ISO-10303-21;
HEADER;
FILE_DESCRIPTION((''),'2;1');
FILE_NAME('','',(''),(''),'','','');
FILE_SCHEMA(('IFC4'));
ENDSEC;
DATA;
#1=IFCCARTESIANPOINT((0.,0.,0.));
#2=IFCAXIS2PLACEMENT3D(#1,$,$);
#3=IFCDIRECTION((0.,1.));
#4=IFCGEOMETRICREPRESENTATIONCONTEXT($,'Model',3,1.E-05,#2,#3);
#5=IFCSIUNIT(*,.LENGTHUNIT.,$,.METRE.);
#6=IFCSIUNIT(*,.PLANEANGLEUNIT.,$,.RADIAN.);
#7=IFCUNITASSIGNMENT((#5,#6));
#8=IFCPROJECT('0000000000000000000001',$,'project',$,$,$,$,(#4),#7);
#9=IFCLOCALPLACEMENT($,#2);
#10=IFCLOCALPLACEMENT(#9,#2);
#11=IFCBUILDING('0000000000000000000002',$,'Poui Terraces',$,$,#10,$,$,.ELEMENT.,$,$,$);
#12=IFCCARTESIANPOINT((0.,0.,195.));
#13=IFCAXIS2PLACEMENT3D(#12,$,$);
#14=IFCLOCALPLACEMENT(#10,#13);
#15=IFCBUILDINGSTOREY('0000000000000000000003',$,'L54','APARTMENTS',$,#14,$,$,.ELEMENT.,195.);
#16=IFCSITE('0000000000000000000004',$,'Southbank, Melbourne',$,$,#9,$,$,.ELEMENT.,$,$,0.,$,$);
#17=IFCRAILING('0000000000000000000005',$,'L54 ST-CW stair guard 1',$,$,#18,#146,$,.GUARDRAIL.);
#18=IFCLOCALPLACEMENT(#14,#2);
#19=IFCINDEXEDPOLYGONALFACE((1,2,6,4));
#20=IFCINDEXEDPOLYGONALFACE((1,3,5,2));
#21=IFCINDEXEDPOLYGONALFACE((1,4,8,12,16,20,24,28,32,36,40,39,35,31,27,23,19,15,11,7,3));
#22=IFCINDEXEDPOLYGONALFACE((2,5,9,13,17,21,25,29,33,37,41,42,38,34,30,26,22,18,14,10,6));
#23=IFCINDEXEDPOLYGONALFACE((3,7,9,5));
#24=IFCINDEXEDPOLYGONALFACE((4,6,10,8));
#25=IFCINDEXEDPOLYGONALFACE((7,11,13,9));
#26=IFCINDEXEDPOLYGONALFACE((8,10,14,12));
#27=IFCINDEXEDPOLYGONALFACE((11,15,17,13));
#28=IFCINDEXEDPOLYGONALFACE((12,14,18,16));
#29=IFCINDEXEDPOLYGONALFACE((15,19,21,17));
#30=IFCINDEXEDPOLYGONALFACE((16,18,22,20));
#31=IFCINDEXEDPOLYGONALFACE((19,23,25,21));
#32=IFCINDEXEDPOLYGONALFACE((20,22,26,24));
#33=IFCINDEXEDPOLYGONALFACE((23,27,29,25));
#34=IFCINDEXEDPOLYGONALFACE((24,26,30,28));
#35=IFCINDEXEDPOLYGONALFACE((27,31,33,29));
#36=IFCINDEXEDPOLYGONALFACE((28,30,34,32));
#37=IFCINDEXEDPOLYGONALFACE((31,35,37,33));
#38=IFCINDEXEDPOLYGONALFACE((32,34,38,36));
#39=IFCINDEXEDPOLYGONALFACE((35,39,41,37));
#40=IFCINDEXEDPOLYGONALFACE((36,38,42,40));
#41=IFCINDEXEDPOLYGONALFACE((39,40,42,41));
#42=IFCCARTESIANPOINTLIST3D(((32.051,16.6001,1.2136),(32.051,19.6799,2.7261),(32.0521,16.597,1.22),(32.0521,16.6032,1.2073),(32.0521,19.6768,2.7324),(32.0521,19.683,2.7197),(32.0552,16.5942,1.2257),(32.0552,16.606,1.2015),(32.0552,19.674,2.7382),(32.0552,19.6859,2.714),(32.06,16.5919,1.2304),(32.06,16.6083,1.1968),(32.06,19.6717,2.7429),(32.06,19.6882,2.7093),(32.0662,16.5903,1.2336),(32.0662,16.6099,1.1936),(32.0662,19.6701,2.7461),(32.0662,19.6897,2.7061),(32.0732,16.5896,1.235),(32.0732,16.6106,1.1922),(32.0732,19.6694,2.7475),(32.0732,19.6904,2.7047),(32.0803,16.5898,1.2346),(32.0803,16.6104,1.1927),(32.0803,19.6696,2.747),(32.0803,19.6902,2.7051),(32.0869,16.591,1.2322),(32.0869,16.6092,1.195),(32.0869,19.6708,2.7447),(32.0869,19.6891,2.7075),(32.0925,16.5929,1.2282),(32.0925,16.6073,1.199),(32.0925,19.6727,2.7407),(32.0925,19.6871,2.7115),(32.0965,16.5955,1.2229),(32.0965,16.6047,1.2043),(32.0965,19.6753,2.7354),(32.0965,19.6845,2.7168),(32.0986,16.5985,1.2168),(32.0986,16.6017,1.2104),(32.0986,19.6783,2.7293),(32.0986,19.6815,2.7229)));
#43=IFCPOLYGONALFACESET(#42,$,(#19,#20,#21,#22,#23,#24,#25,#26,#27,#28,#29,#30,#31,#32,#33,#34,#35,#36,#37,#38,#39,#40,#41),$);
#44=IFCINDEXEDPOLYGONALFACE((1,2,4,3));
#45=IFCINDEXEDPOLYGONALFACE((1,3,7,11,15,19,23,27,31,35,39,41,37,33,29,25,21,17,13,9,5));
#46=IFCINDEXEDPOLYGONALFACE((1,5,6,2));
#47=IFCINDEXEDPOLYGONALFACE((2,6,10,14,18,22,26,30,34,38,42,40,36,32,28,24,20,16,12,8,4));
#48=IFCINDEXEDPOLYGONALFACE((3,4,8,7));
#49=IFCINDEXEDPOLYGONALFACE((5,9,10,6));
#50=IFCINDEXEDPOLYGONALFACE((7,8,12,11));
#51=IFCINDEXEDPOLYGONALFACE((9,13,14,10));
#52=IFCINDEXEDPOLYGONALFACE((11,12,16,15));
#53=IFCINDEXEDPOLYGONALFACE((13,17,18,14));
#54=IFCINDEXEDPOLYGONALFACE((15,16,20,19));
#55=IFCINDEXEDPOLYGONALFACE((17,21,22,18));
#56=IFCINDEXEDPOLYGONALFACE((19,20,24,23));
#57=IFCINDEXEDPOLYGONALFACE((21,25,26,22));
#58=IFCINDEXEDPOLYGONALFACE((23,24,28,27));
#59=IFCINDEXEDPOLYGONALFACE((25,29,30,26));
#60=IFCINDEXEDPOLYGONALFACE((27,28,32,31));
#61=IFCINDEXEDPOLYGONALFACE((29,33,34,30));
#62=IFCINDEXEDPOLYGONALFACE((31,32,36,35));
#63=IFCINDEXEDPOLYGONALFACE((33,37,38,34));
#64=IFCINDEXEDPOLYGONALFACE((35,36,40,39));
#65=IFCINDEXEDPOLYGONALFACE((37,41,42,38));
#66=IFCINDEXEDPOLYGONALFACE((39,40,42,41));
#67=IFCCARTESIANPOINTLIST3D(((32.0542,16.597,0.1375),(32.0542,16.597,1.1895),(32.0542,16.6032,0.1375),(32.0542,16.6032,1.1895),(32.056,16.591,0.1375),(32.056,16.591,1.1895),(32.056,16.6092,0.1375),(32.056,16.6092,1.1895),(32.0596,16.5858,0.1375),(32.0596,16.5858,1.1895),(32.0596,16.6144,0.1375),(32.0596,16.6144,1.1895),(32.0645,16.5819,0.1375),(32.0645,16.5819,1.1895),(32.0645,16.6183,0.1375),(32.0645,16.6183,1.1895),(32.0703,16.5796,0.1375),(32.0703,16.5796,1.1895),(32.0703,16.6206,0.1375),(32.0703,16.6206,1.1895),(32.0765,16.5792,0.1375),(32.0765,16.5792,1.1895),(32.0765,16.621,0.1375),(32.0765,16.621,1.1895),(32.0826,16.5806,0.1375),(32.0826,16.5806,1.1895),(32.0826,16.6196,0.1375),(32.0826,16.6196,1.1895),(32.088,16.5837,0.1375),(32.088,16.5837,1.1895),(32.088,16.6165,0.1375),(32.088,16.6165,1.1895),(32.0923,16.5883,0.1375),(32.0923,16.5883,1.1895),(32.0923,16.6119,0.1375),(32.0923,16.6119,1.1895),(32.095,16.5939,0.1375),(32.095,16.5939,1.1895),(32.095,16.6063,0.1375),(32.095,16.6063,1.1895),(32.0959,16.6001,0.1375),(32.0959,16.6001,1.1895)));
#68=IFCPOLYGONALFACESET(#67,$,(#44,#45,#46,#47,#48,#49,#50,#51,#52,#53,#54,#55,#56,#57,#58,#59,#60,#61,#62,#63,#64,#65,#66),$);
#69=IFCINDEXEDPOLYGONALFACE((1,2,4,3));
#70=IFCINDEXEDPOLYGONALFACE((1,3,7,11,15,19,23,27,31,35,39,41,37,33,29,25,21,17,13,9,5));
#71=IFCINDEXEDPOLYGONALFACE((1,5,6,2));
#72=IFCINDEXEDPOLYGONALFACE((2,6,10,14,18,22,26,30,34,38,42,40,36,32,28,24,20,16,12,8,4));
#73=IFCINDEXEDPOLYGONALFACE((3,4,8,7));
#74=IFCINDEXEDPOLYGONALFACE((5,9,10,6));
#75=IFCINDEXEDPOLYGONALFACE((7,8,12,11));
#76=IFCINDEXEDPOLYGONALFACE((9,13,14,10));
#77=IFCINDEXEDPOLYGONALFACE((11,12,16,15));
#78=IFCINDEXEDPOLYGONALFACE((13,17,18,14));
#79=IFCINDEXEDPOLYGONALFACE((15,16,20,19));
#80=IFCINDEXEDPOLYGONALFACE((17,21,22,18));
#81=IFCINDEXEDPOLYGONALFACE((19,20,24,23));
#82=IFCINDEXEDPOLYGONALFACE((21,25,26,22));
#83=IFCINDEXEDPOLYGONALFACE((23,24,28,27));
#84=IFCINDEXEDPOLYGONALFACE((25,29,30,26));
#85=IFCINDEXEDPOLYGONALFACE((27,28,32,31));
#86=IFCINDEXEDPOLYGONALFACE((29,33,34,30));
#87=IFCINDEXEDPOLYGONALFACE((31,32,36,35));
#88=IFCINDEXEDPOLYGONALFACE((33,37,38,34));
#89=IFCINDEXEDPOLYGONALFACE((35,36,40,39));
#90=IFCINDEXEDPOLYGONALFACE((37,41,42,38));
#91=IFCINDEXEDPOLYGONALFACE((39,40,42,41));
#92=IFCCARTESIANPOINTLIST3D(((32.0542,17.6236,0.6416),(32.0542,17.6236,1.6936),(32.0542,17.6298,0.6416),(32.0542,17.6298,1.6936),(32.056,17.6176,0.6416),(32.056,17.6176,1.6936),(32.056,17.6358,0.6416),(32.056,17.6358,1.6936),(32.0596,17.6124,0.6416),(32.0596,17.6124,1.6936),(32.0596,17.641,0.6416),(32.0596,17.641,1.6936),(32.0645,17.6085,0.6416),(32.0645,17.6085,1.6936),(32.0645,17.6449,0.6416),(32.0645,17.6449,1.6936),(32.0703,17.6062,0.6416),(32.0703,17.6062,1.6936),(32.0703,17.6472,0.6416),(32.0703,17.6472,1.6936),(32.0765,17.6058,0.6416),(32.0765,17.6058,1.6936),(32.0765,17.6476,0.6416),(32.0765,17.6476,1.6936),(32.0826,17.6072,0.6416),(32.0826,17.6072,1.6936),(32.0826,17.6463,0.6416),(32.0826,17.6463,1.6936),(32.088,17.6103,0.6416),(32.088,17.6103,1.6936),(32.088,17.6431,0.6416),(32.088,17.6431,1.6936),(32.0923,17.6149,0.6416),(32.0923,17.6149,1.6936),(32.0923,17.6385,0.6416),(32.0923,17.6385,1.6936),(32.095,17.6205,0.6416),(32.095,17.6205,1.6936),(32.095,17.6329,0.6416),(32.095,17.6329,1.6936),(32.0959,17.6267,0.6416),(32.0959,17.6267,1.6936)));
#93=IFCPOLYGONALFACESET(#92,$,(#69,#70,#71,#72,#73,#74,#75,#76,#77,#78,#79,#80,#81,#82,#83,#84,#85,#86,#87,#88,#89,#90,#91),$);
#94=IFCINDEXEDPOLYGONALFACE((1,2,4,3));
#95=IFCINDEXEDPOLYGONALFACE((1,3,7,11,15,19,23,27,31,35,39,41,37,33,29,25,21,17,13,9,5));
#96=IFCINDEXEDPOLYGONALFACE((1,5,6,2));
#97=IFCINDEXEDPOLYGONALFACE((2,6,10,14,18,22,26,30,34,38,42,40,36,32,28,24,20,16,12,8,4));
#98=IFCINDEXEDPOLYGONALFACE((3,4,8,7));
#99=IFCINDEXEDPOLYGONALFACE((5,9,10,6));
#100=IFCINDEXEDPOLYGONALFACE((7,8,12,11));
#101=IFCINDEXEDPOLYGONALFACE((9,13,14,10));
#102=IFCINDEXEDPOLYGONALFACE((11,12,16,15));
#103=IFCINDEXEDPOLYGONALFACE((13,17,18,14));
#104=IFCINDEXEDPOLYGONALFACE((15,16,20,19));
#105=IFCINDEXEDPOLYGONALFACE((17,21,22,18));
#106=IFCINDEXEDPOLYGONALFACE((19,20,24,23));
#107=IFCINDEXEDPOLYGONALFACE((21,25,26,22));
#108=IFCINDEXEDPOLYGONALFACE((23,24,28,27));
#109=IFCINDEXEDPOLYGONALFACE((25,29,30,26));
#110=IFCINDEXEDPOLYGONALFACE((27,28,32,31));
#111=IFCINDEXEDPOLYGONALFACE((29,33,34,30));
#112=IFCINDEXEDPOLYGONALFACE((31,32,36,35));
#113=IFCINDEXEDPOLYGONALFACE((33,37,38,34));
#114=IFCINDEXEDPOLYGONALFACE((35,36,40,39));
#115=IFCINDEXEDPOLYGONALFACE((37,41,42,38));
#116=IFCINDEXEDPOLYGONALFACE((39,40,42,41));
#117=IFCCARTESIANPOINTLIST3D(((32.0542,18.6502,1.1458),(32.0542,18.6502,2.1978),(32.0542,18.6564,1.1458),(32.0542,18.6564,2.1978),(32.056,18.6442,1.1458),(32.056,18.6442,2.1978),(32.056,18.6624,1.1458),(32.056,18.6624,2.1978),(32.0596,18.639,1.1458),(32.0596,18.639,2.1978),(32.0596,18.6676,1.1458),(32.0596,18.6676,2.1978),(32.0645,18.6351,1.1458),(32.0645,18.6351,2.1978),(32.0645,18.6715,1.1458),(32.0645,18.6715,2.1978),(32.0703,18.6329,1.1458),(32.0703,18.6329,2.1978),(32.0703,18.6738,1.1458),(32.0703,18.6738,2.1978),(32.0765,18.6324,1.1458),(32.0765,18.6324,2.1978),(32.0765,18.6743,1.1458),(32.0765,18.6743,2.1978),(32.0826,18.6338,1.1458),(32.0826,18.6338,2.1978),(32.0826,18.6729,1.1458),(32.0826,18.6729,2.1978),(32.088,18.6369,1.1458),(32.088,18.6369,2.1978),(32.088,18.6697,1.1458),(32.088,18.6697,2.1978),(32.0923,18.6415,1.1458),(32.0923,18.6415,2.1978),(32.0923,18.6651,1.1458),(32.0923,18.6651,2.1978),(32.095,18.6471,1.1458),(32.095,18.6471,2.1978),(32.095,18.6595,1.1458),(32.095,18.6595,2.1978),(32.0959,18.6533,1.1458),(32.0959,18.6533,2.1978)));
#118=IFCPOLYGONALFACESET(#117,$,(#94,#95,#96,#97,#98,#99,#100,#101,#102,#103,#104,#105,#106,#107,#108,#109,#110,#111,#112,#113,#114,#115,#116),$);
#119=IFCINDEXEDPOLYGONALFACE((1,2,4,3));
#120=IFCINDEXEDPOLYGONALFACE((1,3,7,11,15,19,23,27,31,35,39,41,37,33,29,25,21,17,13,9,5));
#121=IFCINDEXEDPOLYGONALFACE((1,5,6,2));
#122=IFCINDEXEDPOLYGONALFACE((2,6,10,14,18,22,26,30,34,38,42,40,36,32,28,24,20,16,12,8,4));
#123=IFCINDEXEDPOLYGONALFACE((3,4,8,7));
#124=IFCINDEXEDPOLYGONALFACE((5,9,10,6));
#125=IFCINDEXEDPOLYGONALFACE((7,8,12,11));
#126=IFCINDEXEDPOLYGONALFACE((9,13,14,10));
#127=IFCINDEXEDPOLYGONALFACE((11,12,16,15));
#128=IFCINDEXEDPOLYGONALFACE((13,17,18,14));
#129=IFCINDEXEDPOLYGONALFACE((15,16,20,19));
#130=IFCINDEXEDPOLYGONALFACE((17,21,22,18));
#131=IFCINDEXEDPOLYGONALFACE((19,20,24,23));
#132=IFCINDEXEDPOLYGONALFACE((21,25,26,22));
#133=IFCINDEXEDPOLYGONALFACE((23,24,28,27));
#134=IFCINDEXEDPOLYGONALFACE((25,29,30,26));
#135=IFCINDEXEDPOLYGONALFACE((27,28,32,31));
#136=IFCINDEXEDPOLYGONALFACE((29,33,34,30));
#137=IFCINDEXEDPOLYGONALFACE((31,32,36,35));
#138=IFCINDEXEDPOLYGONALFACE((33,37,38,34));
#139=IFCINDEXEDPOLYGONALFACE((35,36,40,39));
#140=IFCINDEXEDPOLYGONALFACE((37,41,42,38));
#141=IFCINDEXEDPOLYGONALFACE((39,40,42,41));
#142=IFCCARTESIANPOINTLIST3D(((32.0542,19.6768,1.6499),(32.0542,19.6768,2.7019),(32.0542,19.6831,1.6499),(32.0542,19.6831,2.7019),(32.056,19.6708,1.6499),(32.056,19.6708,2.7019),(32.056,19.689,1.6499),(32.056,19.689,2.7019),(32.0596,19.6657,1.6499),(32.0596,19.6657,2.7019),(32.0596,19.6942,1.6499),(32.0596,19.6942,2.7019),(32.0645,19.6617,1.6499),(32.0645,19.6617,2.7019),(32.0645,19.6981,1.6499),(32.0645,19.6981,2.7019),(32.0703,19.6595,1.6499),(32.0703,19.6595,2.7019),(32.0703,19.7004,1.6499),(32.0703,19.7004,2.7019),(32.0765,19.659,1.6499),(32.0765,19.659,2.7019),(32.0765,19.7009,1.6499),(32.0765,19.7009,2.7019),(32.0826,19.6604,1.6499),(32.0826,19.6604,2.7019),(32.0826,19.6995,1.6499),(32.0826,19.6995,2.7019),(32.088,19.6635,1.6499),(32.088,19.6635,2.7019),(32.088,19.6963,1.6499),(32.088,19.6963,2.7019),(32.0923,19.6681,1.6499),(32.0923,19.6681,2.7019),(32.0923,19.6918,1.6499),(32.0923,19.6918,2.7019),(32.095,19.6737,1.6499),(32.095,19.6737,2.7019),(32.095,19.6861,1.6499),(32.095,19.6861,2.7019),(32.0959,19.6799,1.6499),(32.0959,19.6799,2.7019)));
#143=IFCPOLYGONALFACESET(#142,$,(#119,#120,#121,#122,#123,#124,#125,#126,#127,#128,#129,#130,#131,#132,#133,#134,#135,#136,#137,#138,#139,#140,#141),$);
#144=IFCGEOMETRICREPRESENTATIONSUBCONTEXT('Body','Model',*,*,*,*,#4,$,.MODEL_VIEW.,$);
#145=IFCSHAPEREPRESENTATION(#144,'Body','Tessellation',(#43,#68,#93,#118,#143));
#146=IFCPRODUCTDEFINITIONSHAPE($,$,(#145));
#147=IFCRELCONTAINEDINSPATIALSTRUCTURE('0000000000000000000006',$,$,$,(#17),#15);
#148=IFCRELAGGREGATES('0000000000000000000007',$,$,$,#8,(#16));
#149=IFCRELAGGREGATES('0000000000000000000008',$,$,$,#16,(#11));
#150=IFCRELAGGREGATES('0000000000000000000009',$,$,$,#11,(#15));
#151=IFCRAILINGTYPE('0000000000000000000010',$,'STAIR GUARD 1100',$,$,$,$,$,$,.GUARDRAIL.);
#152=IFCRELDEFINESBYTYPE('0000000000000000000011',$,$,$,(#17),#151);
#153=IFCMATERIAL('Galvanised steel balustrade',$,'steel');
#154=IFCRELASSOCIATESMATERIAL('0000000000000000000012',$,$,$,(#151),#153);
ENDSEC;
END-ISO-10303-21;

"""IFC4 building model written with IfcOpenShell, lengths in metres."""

from ifc_helpers import new_model, si_unit, direction, frame, origin, origin_2d, place, context, subcontext, project, spatial, circle, extrude, material, type_object, element, save


model = new_model("IFC4")

# Units and contexts
model_context = context("Model", 3, precision=1e-05, world=origin(), true_north=direction((0.0, 1.0)))
body_context = subcontext(model_context, "Body", "Model", "MODEL_VIEW")
ifc_project = project(units=[si_unit("LENGTHUNIT", "METRE"), si_unit("PLANEANGLEUNIT", "RADIAN")], contexts=[model_context])

# Site, building, storey
site_placement = place(None, origin())
site = spatial("IfcSite", under=ifc_project, at=site_placement, Name="Southbank, Melbourne", CompositionType="ELEMENT", RefElevation=0.0)
building_placement = place(site_placement, origin())
building = spatial("IfcBuilding", under=site, at=building_placement, Name="Poui Terraces", CompositionType="ELEMENT")
storey_placement = place(building_placement, frame((0.0, 0.0, 195.0)))
storey = spatial("IfcBuildingStorey", under=building, at=storey_placement, Name="L54", Description="APARTMENTS", CompositionType="ELEMENT", Elevation=195.0)

# Railing
ifc_material_1 = material(Name="Galvanised steel balustrade", Category="steel")
railing_type_1 = type_object("IfcRailingType", Name="STAIR GUARD 1100", PredefinedType="GUARDRAIL", material=ifc_material_1)
railing_1_placement = place(storey_placement, frame((32.075, 16.6001, 0.1375)))
element("IfcRailing", 1, at=railing_1_placement, inside=storey, type_object=railing_type_1, Name="L54 ST-CW stair guard 1", PredefinedType="GUARDRAIL", context=body_context, shape_type="SweptSolid", body=[
    extrude(circle(Radius=0.0239, at=origin_2d()), frame((0.0, 0.0, 1.0762), z_axis=(0.0, 0.897606, 0.440798), x_axis=(-1.0, 0.0, 0.0)), (0.0, 0.0, 1.0), 3.4312),
    extrude(circle(Radius=0.021, at=origin_2d()), origin(), (0.0, 0.0, 1.0), 1.052),
    extrude(circle(Radius=0.021, at=origin_2d()), frame((0.0, 1.0266, 0.5042)), (0.0, 0.0, 1.0), 1.052),
    extrude(circle(Radius=0.021, at=origin_2d()), frame((0.0, 2.0532, 1.0083)), (0.0, 0.0, 1.0), 1.052),
    extrude(circle(Radius=0.021, at=origin_2d()), frame((0.0, 3.0798, 1.5125)), (0.0, 0.0, 1.0), 1.052),
])

save(model, "model.ifc")
